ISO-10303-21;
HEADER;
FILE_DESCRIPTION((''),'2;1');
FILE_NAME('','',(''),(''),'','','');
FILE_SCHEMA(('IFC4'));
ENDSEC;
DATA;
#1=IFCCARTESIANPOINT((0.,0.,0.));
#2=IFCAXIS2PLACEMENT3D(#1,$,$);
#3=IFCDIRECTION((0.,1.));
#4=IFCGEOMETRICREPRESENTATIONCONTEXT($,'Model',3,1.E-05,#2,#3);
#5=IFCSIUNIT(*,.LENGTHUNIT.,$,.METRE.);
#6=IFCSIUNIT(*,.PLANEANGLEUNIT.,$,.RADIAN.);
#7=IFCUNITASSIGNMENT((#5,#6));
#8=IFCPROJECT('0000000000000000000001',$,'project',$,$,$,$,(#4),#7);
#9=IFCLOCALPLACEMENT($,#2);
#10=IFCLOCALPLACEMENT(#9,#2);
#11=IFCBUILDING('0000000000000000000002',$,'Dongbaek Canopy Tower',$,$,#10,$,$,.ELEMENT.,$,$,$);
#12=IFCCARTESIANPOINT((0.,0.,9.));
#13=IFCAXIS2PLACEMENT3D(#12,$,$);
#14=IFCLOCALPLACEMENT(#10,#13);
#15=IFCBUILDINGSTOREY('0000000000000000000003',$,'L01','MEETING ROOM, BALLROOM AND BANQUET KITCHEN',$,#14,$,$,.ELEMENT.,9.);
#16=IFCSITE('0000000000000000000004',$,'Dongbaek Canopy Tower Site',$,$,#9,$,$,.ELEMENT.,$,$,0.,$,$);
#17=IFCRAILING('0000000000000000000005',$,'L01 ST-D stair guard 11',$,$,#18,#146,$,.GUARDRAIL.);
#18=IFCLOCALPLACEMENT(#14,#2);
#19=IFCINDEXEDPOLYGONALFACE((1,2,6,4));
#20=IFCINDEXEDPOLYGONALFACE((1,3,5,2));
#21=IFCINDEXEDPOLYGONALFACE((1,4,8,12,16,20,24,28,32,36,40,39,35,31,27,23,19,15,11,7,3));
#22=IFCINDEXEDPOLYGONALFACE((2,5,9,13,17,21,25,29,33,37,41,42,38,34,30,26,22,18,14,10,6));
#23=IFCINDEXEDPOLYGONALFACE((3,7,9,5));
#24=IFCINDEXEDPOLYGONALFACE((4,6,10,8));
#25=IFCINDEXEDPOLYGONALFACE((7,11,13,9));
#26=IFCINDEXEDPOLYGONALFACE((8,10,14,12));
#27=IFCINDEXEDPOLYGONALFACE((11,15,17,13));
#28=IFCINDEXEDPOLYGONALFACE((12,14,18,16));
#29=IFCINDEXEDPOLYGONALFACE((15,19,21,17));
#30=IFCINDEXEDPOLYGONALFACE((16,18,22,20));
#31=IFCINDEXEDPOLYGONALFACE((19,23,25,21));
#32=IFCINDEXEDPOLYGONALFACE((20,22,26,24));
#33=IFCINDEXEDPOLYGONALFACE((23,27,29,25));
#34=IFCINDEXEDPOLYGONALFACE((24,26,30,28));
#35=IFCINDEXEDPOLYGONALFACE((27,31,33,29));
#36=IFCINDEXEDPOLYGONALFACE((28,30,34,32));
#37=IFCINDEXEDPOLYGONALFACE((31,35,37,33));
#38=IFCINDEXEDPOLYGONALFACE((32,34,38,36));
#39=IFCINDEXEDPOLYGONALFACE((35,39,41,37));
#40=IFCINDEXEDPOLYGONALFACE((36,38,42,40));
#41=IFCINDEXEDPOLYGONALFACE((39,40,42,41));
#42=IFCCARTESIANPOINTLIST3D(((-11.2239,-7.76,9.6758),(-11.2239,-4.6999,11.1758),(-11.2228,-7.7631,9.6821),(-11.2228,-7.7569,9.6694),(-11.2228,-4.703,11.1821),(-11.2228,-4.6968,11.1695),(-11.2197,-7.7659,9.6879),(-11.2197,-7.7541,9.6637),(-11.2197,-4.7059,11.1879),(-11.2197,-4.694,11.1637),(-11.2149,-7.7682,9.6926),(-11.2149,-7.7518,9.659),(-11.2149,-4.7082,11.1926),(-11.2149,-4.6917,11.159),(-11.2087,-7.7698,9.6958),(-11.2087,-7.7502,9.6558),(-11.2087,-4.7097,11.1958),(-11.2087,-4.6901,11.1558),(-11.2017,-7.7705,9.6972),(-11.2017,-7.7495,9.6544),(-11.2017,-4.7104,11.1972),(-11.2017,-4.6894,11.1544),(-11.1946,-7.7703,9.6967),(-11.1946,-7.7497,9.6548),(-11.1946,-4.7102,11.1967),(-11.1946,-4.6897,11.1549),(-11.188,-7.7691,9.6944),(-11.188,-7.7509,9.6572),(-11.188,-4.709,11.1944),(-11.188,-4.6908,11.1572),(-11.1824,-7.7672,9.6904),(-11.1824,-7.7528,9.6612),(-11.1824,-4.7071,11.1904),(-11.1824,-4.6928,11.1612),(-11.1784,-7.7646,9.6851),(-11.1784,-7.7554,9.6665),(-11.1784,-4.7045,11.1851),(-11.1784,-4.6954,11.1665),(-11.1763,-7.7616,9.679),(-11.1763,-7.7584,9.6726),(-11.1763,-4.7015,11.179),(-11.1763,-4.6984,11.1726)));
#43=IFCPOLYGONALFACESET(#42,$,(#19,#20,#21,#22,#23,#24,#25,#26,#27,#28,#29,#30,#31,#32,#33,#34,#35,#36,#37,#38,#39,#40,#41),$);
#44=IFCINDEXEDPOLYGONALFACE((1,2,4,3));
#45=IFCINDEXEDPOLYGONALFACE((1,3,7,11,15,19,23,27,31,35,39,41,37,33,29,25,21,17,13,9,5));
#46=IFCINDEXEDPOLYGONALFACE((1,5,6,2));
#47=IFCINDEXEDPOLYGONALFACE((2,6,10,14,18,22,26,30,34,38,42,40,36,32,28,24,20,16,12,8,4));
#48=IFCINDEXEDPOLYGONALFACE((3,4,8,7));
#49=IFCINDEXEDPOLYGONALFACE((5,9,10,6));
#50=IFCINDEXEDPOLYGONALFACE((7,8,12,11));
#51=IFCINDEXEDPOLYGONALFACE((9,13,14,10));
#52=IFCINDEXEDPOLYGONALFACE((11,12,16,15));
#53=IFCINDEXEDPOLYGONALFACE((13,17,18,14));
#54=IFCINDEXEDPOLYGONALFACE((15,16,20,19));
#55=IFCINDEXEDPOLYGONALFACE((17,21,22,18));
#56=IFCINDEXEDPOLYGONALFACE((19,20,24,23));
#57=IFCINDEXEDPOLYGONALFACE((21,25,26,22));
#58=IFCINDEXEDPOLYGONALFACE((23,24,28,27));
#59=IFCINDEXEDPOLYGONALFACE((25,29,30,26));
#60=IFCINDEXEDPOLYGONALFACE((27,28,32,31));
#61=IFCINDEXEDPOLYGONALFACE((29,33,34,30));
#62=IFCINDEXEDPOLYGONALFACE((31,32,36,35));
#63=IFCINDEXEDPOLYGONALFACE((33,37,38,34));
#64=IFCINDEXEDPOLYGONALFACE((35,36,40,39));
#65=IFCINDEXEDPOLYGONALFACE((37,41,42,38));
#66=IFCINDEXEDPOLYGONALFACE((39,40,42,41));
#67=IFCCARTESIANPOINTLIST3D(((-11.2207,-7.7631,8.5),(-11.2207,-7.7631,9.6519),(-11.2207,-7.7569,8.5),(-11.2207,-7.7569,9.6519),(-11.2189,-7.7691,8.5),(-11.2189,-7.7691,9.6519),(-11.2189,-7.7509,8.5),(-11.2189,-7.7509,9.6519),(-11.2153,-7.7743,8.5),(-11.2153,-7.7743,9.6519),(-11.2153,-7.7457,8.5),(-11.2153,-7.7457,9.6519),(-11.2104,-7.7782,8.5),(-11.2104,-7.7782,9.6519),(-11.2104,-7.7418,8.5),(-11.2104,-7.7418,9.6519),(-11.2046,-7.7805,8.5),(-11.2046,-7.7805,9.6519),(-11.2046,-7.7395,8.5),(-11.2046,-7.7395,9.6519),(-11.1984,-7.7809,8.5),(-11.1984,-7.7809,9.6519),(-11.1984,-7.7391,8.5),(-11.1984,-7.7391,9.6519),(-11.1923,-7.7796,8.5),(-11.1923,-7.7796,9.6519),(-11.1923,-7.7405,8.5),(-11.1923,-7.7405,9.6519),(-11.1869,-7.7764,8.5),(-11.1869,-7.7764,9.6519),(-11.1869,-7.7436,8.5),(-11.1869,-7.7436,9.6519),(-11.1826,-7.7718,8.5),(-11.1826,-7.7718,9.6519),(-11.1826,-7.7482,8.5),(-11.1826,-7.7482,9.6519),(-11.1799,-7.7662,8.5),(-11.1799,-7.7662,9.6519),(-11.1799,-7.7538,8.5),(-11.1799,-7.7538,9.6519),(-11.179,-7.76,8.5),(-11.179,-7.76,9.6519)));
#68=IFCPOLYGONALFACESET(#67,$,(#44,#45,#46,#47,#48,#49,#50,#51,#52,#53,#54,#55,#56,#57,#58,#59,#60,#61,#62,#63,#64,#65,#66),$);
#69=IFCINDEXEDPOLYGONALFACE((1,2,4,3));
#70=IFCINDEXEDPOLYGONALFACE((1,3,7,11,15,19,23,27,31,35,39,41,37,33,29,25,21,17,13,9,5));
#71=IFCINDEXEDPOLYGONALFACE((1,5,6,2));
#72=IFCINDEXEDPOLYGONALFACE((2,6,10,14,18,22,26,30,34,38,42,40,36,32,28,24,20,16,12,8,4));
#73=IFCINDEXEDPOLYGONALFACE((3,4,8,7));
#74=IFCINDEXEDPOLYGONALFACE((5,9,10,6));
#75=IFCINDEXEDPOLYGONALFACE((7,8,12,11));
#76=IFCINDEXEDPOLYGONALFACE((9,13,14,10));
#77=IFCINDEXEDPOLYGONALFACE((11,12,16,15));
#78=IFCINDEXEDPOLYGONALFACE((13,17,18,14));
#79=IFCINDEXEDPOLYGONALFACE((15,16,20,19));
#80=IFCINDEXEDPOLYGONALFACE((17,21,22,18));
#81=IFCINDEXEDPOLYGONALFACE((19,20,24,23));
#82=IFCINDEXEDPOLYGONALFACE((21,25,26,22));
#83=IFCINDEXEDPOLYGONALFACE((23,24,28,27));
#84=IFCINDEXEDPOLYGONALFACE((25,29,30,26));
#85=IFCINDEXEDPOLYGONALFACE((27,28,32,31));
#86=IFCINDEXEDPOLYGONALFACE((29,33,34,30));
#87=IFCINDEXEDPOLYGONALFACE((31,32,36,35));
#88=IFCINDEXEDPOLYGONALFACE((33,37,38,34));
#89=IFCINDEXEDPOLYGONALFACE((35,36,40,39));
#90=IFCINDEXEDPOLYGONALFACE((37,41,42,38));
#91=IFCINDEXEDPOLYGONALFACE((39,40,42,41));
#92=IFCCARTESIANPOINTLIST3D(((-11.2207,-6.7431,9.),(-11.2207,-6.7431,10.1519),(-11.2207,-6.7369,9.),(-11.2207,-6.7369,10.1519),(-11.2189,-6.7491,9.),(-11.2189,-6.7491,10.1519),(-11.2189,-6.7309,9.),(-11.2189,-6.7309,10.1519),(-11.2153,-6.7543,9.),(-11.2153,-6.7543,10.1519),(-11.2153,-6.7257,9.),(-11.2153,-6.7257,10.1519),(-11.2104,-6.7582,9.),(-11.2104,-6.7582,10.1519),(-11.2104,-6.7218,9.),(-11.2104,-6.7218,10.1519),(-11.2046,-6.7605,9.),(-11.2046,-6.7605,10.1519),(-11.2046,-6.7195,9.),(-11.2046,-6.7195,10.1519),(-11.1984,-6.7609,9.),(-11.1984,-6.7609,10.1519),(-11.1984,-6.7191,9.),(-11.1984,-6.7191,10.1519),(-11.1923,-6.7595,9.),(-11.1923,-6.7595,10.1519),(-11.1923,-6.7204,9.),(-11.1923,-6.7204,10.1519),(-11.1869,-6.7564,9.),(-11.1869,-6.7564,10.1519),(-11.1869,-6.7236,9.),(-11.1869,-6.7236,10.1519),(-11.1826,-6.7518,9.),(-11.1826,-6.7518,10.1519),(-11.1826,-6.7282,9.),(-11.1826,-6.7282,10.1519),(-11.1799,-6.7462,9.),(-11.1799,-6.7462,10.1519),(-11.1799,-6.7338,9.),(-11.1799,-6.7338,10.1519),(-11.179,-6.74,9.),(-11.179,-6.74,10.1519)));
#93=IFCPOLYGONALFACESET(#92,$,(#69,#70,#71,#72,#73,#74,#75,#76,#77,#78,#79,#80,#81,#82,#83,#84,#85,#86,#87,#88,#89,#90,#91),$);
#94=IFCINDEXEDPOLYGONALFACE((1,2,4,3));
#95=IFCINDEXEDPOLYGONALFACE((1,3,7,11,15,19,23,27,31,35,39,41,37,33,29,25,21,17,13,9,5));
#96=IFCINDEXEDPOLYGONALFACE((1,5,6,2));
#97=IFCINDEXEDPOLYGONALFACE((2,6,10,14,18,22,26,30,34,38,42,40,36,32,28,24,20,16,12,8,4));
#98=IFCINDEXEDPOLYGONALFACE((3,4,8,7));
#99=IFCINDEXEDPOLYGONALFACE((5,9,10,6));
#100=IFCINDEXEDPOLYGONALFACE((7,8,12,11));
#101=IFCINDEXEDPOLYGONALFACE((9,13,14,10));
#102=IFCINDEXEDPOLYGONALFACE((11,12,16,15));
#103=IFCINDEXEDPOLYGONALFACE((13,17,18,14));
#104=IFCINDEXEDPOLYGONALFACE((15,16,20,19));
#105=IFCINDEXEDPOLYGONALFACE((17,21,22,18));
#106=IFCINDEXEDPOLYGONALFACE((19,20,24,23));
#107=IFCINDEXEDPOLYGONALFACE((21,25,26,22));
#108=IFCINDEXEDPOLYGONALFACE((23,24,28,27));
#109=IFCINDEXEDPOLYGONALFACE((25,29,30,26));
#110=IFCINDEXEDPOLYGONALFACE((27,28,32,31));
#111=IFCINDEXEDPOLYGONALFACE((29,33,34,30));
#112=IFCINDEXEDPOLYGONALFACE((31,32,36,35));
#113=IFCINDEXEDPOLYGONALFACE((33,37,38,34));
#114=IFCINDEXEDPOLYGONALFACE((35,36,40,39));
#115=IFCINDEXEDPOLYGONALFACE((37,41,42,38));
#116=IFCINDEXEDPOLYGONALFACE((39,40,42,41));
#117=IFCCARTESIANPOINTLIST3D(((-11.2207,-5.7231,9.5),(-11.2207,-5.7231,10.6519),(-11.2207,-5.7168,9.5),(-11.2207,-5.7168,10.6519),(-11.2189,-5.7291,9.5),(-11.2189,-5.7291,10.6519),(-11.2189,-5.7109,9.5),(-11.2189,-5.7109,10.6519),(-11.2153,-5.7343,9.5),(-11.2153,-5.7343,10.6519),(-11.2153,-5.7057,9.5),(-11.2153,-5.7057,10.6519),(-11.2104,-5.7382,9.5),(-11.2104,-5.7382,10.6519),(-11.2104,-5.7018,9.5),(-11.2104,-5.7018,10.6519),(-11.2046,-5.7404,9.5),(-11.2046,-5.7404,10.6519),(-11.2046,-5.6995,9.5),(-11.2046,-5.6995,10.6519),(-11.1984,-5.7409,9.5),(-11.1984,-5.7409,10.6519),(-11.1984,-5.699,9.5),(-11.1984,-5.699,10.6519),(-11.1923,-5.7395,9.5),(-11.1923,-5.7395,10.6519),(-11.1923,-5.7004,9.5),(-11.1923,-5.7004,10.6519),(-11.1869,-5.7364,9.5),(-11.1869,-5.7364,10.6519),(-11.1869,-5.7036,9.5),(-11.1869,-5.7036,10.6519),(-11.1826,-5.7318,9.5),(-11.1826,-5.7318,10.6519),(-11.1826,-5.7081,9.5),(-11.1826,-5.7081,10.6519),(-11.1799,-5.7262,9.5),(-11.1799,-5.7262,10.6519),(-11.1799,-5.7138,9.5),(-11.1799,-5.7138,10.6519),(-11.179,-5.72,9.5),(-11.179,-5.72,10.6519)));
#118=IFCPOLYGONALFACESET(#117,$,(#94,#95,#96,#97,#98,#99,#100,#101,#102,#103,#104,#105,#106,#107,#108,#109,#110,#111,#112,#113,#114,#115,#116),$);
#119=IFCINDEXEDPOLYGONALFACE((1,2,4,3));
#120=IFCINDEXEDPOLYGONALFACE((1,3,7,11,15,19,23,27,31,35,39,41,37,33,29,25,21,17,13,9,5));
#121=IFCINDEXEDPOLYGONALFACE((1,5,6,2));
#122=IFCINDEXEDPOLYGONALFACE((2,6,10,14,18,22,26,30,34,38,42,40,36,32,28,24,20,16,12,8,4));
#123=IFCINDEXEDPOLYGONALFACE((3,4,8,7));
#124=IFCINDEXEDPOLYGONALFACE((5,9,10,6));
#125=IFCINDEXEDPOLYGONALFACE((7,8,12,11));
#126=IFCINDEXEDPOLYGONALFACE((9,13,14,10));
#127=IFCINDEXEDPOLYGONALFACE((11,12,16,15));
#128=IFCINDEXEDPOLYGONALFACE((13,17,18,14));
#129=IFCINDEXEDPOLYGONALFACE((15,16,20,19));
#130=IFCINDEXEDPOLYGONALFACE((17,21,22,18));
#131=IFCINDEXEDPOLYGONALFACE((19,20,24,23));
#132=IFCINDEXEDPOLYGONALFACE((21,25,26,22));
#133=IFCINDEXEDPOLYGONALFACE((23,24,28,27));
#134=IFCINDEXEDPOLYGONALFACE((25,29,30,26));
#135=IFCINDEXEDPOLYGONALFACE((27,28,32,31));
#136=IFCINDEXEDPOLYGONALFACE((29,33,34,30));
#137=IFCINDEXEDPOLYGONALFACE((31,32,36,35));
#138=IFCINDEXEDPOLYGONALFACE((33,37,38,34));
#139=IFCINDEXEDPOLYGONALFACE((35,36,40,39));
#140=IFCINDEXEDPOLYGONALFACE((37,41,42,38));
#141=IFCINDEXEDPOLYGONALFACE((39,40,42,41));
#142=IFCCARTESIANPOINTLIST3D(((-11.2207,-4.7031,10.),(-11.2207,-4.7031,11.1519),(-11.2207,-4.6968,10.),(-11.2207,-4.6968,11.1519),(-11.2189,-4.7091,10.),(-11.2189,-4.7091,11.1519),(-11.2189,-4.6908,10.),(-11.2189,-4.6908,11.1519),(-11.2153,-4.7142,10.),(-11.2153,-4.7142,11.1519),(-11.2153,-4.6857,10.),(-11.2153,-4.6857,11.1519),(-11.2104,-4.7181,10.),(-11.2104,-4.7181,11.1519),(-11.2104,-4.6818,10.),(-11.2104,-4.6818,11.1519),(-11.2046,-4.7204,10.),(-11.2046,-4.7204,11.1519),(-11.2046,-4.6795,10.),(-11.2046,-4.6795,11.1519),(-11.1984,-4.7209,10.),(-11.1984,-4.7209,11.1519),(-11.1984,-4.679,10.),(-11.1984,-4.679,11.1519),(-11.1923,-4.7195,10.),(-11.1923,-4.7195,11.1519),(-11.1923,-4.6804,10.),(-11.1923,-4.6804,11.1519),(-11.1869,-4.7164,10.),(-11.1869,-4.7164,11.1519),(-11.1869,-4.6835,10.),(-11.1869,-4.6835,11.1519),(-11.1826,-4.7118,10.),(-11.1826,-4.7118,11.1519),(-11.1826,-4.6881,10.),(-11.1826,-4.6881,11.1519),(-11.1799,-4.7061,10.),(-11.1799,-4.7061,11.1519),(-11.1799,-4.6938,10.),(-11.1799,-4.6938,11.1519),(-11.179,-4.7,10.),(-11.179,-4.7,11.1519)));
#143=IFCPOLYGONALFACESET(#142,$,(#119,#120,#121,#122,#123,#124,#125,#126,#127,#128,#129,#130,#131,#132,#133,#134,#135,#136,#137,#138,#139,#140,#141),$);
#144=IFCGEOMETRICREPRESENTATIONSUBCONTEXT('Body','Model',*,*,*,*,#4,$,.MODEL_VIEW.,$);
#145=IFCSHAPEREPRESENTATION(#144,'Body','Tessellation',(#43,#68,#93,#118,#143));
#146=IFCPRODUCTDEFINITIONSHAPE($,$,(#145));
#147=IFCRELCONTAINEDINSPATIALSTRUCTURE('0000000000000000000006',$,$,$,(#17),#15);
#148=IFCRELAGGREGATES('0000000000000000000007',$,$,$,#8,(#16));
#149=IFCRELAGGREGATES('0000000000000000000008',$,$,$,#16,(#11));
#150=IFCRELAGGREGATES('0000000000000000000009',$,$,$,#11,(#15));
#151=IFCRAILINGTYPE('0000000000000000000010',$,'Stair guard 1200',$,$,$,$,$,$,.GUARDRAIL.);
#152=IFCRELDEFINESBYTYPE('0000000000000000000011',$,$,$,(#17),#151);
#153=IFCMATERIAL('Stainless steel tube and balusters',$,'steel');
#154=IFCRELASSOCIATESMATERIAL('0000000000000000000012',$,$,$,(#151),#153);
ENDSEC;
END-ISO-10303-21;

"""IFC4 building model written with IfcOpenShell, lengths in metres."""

from ifc_helpers import new_model, si_unit, direction, frame, origin, origin_2d, place, context, subcontext, project, spatial, circle, extrude, material, type_object, element, save


model = new_model("IFC4")

# Units and contexts
model_context = context("Model", 3, precision=1e-05, world=origin(), true_north=direction((0.0, 1.0)))
body_context = subcontext(model_context, "Body", "Model", "MODEL_VIEW")
ifc_project = project(units=[si_unit("LENGTHUNIT", "METRE"), si_unit("PLANEANGLEUNIT", "RADIAN")], contexts=[model_context])

# Site, building, storey
site_placement = place(None, origin())
site = spatial("IfcSite", under=ifc_project, at=site_placement, Name="Dongbaek Canopy Tower Site", CompositionType="ELEMENT", RefElevation=0.0)
building_placement = place(site_placement, origin())
building = spatial("IfcBuilding", under=site, at=building_placement, Name="Dongbaek Canopy Tower", CompositionType="ELEMENT")
storey_placement = place(building_placement, frame((0.0, 0.0, 9.0)))
storey = spatial("IfcBuildingStorey", under=building, at=storey_placement, Name="L01", Description="MEETING ROOM, BALLROOM AND BANQUET KITCHEN", CompositionType="ELEMENT", Elevation=9.0)

# Railing
ifc_material_1 = material(Name="Stainless steel tube and balusters", Category="steel")
railing_type_1 = type_object("IfcRailingType", Name="Stair guard 1200", PredefinedType="GUARDRAIL", material=ifc_material_1)
railing_1_placement = place(storey_placement, frame((-11.2, -7.76, 8.5)))
element("IfcRailing", 1, at=railing_1_placement, inside=storey, type_object=railing_type_1, Name="L01 ST-D stair guard 11", PredefinedType="GUARDRAIL", context=body_context, shape_type="SweptSolid", body=[
    extrude(circle(Radius=0.0239, at=origin_2d()), frame((0.0, 0.0, 1.1758), z_axis=(0.0, 0.897924, 0.44015), x_axis=(-1.0, 0.0, 0.0)), (0.0, 0.0, 1.0), 3.408),
    extrude(circle(Radius=0.021, at=origin_2d()), origin(), (0.0, 0.0, 1.0), 1.1519),
    extrude(circle(Radius=0.021, at=origin_2d()), frame((0.0, 1.02, 0.5)), (0.0, 0.0, 1.0), 1.1519),
    extrude(circle(Radius=0.021, at=origin_2d()), frame((0.0, 2.04, 1.0)), (0.0, 0.0, 1.0), 1.1519),
    extrude(circle(Radius=0.021, at=origin_2d()), frame((0.0, 3.0601, 1.5)), (0.0, 0.0, 1.0), 1.1519),
])

save(model, "model.ifc")
